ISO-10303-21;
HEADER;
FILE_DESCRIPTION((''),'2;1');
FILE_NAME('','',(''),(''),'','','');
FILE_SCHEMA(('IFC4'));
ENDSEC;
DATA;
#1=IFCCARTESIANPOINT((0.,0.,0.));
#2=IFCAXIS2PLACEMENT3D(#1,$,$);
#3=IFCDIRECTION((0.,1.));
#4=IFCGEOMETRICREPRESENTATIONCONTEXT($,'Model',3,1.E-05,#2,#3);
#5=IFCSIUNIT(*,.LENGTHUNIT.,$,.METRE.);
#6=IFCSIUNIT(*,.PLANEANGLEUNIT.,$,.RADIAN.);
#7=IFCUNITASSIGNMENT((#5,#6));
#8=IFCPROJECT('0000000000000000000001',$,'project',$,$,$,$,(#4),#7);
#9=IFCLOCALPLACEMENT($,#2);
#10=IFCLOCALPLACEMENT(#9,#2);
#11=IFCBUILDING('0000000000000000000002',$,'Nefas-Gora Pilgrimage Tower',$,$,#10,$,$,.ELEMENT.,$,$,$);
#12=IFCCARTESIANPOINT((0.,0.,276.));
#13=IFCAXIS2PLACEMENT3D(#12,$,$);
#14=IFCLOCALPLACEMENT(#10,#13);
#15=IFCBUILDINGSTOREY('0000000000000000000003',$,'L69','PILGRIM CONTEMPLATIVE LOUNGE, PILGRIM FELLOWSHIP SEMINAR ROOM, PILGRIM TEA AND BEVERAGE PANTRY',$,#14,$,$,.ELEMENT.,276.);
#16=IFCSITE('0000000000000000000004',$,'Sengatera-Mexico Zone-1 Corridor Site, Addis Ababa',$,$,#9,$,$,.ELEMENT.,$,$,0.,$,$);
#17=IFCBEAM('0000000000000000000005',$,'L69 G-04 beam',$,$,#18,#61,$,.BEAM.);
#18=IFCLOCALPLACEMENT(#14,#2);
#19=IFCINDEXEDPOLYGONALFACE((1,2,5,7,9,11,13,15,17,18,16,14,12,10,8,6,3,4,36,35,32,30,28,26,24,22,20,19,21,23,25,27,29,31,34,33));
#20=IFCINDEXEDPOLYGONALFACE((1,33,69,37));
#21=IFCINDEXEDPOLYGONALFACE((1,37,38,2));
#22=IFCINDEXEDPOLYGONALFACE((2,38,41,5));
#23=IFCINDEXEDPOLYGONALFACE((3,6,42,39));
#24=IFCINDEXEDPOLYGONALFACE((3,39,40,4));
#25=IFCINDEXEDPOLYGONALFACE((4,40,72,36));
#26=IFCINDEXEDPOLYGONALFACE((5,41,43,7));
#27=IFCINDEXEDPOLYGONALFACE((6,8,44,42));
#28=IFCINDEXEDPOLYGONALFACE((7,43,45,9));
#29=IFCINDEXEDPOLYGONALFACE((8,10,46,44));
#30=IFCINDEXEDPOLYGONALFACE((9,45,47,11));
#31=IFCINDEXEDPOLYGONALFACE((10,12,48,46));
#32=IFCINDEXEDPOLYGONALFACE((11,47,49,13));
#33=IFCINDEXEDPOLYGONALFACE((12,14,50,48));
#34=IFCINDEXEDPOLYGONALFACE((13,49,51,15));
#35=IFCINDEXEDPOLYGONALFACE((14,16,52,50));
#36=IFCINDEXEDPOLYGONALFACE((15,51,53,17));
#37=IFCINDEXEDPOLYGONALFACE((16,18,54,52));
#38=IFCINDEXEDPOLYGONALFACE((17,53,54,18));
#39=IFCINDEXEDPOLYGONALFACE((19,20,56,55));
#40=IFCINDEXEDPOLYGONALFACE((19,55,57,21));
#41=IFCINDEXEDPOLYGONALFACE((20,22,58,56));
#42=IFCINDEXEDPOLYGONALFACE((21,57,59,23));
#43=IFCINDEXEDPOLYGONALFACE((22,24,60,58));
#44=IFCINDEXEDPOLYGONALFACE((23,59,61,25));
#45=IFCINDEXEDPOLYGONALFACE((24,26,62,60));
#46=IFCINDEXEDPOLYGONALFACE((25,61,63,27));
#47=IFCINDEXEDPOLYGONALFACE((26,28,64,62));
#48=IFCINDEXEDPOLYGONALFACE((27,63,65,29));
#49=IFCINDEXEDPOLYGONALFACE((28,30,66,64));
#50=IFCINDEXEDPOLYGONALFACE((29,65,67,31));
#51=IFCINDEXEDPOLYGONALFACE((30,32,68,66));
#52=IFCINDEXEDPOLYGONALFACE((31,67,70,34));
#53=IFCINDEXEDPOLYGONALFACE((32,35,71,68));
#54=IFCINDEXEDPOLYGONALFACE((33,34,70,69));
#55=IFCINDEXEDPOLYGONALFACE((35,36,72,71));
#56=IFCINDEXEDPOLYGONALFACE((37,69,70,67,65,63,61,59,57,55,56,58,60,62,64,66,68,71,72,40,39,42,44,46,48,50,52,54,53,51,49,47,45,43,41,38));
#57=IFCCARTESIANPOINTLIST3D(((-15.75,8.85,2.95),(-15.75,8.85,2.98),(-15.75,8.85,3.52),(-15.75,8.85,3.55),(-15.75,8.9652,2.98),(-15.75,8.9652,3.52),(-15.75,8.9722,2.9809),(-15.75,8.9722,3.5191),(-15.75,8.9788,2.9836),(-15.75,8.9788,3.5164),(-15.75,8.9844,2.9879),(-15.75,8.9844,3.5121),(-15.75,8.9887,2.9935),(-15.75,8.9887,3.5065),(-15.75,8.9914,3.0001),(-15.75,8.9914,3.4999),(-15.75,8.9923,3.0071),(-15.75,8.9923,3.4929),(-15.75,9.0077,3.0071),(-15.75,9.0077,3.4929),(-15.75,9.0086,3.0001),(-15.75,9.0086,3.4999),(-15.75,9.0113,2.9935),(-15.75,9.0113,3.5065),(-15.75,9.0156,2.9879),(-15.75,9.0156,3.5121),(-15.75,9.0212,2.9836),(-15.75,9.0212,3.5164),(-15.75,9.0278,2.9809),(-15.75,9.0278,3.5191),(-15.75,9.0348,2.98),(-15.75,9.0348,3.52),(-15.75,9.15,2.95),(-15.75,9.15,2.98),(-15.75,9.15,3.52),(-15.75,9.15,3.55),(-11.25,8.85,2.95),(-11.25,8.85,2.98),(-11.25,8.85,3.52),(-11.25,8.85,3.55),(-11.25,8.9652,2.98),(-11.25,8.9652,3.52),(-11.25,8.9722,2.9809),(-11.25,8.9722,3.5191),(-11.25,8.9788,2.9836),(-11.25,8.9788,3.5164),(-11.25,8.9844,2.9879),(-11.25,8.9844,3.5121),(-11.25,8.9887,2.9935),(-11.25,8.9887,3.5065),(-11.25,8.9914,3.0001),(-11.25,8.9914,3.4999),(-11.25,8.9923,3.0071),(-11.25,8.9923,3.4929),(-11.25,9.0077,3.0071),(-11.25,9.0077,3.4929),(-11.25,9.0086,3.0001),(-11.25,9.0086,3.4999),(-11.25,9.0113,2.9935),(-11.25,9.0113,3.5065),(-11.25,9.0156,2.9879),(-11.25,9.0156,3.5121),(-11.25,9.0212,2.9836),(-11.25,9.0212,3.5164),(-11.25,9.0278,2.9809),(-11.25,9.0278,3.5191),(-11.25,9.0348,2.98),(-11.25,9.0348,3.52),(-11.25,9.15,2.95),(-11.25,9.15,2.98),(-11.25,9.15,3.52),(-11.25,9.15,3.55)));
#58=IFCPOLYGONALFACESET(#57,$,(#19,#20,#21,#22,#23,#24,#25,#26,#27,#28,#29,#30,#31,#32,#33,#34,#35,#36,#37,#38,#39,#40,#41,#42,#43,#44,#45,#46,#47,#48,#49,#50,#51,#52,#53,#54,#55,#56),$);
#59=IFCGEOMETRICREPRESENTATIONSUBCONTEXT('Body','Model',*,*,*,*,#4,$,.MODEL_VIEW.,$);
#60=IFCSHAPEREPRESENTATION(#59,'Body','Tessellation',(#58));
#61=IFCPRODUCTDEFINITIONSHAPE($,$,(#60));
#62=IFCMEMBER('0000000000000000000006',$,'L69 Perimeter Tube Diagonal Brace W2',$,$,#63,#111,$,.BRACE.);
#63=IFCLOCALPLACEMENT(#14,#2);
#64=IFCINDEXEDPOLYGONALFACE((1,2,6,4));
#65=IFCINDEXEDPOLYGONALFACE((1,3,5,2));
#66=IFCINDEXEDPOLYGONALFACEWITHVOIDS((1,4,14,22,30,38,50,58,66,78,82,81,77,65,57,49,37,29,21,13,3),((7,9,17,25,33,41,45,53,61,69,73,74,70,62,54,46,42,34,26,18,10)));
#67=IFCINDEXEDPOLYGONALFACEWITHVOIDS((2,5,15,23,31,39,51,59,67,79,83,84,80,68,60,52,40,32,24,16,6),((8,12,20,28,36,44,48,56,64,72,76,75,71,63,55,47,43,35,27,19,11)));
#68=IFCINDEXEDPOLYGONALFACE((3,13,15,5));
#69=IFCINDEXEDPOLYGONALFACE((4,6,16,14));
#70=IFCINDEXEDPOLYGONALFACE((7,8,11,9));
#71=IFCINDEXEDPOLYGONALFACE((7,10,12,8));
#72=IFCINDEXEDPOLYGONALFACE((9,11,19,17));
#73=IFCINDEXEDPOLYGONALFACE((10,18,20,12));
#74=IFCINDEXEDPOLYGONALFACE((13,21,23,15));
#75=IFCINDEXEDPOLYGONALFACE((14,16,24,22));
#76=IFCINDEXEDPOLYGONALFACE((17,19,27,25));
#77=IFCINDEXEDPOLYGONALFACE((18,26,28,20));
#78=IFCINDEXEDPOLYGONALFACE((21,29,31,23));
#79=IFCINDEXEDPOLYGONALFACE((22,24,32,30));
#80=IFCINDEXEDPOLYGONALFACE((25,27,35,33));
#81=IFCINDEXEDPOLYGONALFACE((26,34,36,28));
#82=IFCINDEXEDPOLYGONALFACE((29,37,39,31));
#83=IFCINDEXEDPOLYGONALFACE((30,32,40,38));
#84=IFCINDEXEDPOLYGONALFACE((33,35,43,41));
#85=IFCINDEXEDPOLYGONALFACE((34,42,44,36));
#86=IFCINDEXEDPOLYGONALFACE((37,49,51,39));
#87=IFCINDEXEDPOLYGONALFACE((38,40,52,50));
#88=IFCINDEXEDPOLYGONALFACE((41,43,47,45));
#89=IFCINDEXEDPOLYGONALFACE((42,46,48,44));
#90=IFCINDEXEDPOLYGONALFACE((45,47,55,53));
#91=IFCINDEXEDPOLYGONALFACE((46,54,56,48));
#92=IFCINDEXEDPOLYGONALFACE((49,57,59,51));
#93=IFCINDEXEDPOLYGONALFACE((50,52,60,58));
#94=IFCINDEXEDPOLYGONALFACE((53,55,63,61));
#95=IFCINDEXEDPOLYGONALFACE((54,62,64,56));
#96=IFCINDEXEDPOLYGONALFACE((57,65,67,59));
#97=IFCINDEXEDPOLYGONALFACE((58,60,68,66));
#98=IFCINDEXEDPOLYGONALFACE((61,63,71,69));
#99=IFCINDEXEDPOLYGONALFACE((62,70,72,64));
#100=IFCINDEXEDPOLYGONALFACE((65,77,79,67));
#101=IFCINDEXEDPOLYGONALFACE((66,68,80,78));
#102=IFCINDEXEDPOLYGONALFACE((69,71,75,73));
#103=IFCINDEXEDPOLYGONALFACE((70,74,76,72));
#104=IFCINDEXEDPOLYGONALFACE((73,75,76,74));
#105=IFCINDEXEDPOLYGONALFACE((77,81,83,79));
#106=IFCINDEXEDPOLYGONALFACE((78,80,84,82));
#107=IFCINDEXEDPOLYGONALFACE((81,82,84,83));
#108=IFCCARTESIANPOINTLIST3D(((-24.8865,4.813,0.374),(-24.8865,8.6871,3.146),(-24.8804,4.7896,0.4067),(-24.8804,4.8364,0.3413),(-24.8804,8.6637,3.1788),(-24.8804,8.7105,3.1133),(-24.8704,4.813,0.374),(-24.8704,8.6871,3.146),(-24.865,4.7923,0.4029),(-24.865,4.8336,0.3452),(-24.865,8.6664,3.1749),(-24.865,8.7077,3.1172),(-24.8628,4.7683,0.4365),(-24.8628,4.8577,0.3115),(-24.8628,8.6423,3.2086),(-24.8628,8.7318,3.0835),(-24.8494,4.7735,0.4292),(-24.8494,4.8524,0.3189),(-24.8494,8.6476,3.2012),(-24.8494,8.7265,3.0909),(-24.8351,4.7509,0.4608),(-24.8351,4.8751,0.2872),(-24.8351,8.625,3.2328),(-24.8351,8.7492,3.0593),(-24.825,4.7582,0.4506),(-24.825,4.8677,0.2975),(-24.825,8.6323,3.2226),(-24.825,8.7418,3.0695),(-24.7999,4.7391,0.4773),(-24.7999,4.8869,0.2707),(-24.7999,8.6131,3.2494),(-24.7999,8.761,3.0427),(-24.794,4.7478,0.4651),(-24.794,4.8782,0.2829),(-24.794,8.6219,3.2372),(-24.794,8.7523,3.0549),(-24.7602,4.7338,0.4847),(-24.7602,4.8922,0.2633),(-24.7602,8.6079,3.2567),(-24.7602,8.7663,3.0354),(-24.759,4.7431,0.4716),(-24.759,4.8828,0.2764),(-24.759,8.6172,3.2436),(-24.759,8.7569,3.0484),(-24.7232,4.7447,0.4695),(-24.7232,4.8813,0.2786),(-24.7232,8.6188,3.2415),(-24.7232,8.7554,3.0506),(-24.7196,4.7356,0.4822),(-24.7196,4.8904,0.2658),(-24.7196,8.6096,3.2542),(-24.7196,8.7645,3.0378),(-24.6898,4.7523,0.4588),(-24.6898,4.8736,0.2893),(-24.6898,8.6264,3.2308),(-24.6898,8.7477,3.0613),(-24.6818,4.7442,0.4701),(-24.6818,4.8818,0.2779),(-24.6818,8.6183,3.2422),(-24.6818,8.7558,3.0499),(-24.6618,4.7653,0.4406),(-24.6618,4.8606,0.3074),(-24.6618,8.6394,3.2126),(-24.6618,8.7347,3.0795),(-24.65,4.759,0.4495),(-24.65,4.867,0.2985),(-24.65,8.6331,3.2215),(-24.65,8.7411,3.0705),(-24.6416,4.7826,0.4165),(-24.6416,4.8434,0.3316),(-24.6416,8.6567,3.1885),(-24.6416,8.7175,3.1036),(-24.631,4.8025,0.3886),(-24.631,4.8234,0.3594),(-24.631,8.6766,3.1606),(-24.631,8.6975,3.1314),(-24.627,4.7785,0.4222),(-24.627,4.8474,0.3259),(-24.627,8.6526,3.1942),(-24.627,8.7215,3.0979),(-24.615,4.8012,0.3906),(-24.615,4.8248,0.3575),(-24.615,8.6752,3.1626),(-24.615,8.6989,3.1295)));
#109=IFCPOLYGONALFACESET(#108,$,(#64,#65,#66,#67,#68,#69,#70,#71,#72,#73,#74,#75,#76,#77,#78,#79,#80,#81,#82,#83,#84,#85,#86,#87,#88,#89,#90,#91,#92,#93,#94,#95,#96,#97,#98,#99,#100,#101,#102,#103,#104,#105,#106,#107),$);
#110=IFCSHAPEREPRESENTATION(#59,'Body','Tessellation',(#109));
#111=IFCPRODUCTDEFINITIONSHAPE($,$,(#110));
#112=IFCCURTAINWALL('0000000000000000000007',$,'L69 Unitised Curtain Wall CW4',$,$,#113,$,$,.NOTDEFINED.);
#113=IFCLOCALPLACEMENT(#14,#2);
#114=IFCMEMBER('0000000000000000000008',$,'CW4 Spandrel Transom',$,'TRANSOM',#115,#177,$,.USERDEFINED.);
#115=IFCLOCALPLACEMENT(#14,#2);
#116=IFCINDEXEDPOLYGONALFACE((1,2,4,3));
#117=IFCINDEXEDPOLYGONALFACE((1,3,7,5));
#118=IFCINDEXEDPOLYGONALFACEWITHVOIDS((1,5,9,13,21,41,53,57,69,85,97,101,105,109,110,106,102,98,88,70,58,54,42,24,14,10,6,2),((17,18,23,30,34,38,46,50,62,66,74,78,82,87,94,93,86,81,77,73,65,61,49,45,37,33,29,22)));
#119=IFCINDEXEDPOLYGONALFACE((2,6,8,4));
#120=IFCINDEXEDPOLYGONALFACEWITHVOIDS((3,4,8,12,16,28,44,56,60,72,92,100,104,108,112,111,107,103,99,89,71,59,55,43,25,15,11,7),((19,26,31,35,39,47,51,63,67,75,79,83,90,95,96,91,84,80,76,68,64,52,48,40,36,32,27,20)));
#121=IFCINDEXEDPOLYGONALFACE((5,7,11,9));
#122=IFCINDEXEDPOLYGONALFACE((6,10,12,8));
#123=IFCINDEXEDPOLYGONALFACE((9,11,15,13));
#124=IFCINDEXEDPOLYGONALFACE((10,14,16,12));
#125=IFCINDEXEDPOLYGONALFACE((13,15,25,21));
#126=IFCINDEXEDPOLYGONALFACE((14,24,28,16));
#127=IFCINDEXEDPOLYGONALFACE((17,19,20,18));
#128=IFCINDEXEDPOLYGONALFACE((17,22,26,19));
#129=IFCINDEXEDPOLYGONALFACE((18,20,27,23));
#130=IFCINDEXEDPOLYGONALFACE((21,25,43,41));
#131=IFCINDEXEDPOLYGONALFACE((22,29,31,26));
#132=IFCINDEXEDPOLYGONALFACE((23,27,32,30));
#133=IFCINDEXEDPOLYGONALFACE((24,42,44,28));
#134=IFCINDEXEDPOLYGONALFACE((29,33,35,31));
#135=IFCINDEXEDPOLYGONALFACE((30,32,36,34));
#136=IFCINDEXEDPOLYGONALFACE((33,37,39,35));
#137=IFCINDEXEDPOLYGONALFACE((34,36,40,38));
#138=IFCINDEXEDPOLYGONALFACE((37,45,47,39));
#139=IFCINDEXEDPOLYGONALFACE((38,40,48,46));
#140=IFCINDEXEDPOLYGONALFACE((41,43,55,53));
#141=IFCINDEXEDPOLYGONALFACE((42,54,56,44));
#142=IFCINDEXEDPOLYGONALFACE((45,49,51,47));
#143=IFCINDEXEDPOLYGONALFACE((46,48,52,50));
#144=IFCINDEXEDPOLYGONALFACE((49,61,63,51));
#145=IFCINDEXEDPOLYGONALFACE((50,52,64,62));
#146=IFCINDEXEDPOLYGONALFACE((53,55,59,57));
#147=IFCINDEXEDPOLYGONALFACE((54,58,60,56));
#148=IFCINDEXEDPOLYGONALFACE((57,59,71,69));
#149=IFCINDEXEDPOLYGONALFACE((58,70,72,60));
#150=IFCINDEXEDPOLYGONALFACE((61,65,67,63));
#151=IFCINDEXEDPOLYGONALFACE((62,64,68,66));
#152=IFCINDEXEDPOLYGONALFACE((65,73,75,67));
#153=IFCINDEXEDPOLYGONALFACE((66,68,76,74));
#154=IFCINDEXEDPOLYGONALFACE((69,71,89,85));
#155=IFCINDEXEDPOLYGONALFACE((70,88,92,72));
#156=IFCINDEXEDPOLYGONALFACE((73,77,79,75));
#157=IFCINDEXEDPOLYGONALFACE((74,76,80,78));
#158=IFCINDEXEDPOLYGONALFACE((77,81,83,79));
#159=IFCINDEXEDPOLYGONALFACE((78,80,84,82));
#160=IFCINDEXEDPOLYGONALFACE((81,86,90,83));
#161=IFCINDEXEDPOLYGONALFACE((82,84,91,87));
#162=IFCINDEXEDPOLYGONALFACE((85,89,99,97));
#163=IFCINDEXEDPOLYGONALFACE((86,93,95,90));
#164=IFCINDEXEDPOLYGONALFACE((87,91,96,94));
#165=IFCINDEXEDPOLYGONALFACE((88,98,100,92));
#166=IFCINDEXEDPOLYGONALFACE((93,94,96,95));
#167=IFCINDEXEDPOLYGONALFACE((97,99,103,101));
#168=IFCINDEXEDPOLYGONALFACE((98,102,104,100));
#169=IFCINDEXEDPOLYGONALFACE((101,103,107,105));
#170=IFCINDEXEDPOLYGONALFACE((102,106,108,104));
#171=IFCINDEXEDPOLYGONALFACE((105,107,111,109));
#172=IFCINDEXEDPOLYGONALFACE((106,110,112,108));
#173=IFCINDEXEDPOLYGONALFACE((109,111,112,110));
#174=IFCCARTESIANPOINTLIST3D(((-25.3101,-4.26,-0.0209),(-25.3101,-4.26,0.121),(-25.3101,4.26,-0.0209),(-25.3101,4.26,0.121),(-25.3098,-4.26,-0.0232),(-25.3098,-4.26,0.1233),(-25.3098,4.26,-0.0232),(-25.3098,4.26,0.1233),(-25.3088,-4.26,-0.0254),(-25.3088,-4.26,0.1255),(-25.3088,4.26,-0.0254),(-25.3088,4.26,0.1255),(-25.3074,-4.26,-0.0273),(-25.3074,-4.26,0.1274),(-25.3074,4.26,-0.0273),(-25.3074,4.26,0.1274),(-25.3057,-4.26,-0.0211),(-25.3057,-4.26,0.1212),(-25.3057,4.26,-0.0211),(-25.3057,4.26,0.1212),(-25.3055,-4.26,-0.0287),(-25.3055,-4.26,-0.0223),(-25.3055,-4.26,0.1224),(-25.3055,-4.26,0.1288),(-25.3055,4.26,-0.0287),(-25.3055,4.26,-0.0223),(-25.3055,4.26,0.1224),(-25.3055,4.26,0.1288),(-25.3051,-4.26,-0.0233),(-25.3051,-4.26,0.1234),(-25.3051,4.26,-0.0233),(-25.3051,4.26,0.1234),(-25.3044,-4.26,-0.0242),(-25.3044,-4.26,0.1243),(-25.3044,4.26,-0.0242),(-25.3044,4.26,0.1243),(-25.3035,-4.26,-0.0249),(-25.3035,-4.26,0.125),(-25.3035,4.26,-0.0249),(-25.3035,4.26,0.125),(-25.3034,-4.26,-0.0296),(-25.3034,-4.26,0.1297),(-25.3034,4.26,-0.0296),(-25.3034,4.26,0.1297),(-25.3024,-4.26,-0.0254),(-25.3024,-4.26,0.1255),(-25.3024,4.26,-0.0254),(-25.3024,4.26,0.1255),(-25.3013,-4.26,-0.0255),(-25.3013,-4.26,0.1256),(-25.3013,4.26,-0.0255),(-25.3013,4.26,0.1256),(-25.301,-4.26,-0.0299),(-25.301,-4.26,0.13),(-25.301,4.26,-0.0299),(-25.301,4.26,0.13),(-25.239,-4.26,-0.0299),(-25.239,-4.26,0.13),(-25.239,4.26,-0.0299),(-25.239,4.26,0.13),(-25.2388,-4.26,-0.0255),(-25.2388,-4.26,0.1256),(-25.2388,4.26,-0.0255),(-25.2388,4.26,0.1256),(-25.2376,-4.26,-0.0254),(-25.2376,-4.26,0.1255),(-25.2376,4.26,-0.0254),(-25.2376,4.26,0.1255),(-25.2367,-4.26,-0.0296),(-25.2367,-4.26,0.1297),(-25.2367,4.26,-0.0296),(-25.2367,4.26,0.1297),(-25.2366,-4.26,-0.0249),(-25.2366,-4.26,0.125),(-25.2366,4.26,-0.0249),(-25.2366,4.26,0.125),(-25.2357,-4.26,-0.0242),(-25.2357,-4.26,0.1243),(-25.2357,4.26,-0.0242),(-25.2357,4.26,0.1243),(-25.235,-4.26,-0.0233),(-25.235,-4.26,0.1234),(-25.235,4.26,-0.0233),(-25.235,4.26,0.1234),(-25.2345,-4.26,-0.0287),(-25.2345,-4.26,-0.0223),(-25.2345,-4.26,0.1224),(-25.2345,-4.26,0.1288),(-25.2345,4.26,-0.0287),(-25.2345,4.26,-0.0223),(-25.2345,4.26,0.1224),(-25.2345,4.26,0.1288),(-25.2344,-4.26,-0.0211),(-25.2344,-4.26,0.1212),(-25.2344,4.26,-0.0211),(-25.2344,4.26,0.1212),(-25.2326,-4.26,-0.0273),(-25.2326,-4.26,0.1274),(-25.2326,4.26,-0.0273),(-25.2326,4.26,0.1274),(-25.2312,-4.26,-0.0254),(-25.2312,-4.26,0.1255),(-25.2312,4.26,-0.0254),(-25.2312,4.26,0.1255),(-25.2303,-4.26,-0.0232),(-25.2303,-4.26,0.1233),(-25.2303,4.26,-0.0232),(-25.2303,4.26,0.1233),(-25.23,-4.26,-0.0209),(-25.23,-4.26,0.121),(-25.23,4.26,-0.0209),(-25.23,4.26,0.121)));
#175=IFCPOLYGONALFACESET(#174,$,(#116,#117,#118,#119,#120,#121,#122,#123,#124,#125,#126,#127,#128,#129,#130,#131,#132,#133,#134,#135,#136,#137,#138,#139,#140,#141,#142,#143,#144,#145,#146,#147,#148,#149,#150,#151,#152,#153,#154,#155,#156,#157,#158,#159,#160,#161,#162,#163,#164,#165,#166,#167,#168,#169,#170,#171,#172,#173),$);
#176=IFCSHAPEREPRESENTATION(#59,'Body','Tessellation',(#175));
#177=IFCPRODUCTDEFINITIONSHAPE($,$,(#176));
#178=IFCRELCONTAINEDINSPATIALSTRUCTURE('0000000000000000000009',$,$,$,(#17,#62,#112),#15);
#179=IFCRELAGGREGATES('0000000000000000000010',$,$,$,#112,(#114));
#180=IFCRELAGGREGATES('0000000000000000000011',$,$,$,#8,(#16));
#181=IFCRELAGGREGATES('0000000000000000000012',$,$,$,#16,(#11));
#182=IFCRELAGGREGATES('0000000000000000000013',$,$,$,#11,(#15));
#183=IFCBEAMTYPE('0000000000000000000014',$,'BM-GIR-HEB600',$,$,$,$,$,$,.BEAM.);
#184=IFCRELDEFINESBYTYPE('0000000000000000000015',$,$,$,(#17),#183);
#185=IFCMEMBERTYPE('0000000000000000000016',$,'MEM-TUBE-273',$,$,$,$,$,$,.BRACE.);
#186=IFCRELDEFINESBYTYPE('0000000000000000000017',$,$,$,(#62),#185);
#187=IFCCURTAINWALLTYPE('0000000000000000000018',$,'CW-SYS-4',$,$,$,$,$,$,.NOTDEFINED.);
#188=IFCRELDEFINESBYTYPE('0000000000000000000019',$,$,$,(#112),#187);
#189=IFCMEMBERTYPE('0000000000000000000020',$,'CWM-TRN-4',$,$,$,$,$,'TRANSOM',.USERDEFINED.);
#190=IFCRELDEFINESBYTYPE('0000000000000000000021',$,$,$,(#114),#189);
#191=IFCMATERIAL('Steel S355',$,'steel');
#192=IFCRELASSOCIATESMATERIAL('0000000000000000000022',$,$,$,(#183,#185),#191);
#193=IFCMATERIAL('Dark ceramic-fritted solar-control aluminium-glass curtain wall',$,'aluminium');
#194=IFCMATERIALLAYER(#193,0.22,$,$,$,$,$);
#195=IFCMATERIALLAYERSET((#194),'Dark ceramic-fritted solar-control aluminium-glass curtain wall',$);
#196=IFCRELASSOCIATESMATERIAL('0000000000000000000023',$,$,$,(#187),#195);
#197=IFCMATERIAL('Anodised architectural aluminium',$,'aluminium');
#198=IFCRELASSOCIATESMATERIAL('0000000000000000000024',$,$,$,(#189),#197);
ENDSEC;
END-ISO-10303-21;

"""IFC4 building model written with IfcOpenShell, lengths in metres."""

from ifc_helpers import new_model, si_unit, direction, frame, origin, origin_2d, place, context, subcontext, project, spatial, hollow_rectangle, hollow_circle, i_section, extrude, source, transform, mapped, material, layer, layer_set, material_profile, profile_set, type_object, element, aggregate, save


model = new_model("IFC4")

# Units and contexts
model_context = context("Model", 3, precision=1e-05, world=origin(), true_north=direction((0.0, 1.0)))
body_context = subcontext(model_context, "Body", "Model", "MODEL_VIEW")
ifc_project = project(units=[si_unit("LENGTHUNIT", "METRE"), si_unit("PLANEANGLEUNIT", "RADIAN")], contexts=[model_context])

# Site, building, storey
site_placement = place(None, origin())
site = spatial("IfcSite", under=ifc_project, at=site_placement, Name="Sengatera-Mexico Zone-1 Corridor Site, Addis Ababa", CompositionType="ELEMENT", RefElevation=0.0)
building_placement = place(site_placement, origin())
building = spatial("IfcBuilding", under=site, at=building_placement, Name="Nefas-Gora Pilgrimage Tower", CompositionType="ELEMENT")
storey_placement = place(building_placement, frame((0.0, 0.0, 276.0)))
storey = spatial("IfcBuildingStorey", under=building, at=storey_placement, Name="L69", Description="PILGRIM CONTEMPLATIVE LOUNGE, PILGRIM FELLOWSHIP SEMINAR ROOM, PILGRIM TEA AND BEVERAGE PANTRY", CompositionType="ELEMENT", Elevation=276.0)

# Shared definitions
ifc_material_1 = material(Name="Steel S355", Category="steel")

# Beam
ifc_material_profile_1 = material_profile(ifc_material_1, i_section(OverallWidth=0.3, OverallDepth=0.6001, WebThickness=0.0154, FlangeThickness=0.03, FilletRadius=0.0271, at=origin_2d()), Name="HEB 600")
ifc_profile_set_1 = profile_set([ifc_material_profile_1], Name="Steel S355")
beam_type_1 = type_object("IfcBeamType", Name="BM-GIR-HEB600", PredefinedType="BEAM", material=ifc_profile_set_1)
shared_shape_1 = source(origin(), body_context, "Body", "SweptSolid", [
    extrude(i_section(OverallWidth=0.3, OverallDepth=0.6001, WebThickness=0.0154, FlangeThickness=0.03, FilletRadius=0.0271, at=origin_2d()), origin(), (0.0, 0.0, 1.0), 4.5),
])
for number, where, z_axis, x_axis, name in (
    (1, (-15.75, 9.0, 3.25), (1.0, 0.0, 0.0), (0.0, 1.0, 0.0), "L69 G-04 beam"),
):
    element("IfcBeam", number, at=place(storey_placement, frame(where, z_axis=z_axis, x_axis=x_axis)), inside=storey, type_object=beam_type_1, Name=name, PredefinedType="BEAM", context=body_context, shape_type="MappedRepresentation", body=[
        mapped(shared_shape_1, transform((0.0, 0.0, 0.0), x_axis=(1.0, 0.0, 0.0), y_axis=(0.0, 1.0, 0.0), z_axis=(0.0, 0.0, 1.0), scale=1.0)),
    ])

# Member
ifc_material_profile_2 = material_profile(ifc_material_1, hollow_circle(Radius=0.1365, WallThickness=0.0161, at=origin_2d()), Name="CHS 273x16")
ifc_profile_set_2 = profile_set([ifc_material_profile_2], Name="Steel S355")
member_type_1 = type_object("IfcMemberType", Name="MEM-TUBE-273", PredefinedType="BRACE", material=ifc_profile_set_2)
shared_shape_2 = source(origin(), body_context, "Body", "SweptSolid", [
    extrude(hollow_circle(Radius=0.1365, WallThickness=0.0161, at=origin_2d()), origin(), (0.0, 0.0, 1.0), 4.7637),
])
member_1_placement = place(storey_placement, frame((-24.75, 4.813, 0.374), z_axis=(0.0, 0.813255, 0.581907), x_axis=(-1.0, 0.0, 0.0)))
element("IfcMember", 2, at=member_1_placement, inside=storey, type_object=member_type_1, Name="L69 Perimeter Tube Diagonal Brace W2", PredefinedType="BRACE", context=body_context, shape_type="MappedRepresentation", body=[
    mapped(shared_shape_2, transform((0.0, 0.0, 0.0), x_axis=(1.0, 0.0, 0.0), y_axis=(0.0, 1.0, 0.0), z_axis=(0.0, 0.0, 1.0), scale=1.0)),
])

# Curtain wall, member
ifc_material_2 = material(Name="Dark ceramic-fritted solar-control aluminium-glass curtain wall", Category="aluminium")
ifc_layer_1 = layer(ifc_material_2, 0.22)
ifc_layer_set_1 = layer_set([ifc_layer_1], Name="Dark ceramic-fritted solar-control aluminium-glass curtain wall")
curtain_wall_type = type_object("IfcCurtainWallType", Name="CW-SYS-4", PredefinedType="NOTDEFINED", material=ifc_layer_set_1)
curtain_wall_placement = place(storey_placement, origin())
curtain_wall = element("IfcCurtainWall", 3, at=curtain_wall_placement, inside=storey, type_object=curtain_wall_type, Name="L69 Unitised Curtain Wall CW4", PredefinedType="NOTDEFINED")
ifc_material_3 = material(Name="Anodised architectural aluminium", Category="aluminium")
ifc_material_profile_3 = material_profile(ifc_material_3, hollow_rectangle(XDim=0.0801, YDim=0.1599, WallThickness=0.0044, InnerFilletRadius=0.0044, OuterFilletRadius=0.009, at=origin_2d()), Name="ALU TRANSOM 80x160")
ifc_profile_set_3 = profile_set([ifc_material_profile_3], Name="Anodised architectural aluminium")
member_type_2 = type_object("IfcMemberType", Name="CWM-TRN-4", ElementType="TRANSOM", PredefinedType="USERDEFINED", material=ifc_profile_set_3)
shared_shape_3 = source(origin(), body_context, "Body", "SweptSolid", [
    extrude(hollow_rectangle(XDim=0.0801, YDim=0.1599, WallThickness=0.0044, InnerFilletRadius=0.0044, OuterFilletRadius=0.009, at=origin_2d()), origin(), (0.0, 0.0, 1.0), 8.52),
])
member_2_placement = place(storey_placement, frame((-25.27, 4.26, 0.05), z_axis=(0.0, -1.0, 0.0), x_axis=(1.0, 0.0, 0.0)))
member_2 = element("IfcMember", 4, at=member_2_placement, type_object=member_type_2, Name="CW4 Spandrel Transom", ObjectType="TRANSOM", PredefinedType="USERDEFINED", context=body_context, shape_type="MappedRepresentation", body=[
    mapped(shared_shape_3, transform((0.0, 0.0, 0.0), x_axis=(1.0, 0.0, 0.0), y_axis=(0.0, 1.0, 0.0), z_axis=(0.0, 0.0, 1.0), scale=1.0)),
])

aggregate(curtain_wall, [member_2])

save(model, "model.ifc")
